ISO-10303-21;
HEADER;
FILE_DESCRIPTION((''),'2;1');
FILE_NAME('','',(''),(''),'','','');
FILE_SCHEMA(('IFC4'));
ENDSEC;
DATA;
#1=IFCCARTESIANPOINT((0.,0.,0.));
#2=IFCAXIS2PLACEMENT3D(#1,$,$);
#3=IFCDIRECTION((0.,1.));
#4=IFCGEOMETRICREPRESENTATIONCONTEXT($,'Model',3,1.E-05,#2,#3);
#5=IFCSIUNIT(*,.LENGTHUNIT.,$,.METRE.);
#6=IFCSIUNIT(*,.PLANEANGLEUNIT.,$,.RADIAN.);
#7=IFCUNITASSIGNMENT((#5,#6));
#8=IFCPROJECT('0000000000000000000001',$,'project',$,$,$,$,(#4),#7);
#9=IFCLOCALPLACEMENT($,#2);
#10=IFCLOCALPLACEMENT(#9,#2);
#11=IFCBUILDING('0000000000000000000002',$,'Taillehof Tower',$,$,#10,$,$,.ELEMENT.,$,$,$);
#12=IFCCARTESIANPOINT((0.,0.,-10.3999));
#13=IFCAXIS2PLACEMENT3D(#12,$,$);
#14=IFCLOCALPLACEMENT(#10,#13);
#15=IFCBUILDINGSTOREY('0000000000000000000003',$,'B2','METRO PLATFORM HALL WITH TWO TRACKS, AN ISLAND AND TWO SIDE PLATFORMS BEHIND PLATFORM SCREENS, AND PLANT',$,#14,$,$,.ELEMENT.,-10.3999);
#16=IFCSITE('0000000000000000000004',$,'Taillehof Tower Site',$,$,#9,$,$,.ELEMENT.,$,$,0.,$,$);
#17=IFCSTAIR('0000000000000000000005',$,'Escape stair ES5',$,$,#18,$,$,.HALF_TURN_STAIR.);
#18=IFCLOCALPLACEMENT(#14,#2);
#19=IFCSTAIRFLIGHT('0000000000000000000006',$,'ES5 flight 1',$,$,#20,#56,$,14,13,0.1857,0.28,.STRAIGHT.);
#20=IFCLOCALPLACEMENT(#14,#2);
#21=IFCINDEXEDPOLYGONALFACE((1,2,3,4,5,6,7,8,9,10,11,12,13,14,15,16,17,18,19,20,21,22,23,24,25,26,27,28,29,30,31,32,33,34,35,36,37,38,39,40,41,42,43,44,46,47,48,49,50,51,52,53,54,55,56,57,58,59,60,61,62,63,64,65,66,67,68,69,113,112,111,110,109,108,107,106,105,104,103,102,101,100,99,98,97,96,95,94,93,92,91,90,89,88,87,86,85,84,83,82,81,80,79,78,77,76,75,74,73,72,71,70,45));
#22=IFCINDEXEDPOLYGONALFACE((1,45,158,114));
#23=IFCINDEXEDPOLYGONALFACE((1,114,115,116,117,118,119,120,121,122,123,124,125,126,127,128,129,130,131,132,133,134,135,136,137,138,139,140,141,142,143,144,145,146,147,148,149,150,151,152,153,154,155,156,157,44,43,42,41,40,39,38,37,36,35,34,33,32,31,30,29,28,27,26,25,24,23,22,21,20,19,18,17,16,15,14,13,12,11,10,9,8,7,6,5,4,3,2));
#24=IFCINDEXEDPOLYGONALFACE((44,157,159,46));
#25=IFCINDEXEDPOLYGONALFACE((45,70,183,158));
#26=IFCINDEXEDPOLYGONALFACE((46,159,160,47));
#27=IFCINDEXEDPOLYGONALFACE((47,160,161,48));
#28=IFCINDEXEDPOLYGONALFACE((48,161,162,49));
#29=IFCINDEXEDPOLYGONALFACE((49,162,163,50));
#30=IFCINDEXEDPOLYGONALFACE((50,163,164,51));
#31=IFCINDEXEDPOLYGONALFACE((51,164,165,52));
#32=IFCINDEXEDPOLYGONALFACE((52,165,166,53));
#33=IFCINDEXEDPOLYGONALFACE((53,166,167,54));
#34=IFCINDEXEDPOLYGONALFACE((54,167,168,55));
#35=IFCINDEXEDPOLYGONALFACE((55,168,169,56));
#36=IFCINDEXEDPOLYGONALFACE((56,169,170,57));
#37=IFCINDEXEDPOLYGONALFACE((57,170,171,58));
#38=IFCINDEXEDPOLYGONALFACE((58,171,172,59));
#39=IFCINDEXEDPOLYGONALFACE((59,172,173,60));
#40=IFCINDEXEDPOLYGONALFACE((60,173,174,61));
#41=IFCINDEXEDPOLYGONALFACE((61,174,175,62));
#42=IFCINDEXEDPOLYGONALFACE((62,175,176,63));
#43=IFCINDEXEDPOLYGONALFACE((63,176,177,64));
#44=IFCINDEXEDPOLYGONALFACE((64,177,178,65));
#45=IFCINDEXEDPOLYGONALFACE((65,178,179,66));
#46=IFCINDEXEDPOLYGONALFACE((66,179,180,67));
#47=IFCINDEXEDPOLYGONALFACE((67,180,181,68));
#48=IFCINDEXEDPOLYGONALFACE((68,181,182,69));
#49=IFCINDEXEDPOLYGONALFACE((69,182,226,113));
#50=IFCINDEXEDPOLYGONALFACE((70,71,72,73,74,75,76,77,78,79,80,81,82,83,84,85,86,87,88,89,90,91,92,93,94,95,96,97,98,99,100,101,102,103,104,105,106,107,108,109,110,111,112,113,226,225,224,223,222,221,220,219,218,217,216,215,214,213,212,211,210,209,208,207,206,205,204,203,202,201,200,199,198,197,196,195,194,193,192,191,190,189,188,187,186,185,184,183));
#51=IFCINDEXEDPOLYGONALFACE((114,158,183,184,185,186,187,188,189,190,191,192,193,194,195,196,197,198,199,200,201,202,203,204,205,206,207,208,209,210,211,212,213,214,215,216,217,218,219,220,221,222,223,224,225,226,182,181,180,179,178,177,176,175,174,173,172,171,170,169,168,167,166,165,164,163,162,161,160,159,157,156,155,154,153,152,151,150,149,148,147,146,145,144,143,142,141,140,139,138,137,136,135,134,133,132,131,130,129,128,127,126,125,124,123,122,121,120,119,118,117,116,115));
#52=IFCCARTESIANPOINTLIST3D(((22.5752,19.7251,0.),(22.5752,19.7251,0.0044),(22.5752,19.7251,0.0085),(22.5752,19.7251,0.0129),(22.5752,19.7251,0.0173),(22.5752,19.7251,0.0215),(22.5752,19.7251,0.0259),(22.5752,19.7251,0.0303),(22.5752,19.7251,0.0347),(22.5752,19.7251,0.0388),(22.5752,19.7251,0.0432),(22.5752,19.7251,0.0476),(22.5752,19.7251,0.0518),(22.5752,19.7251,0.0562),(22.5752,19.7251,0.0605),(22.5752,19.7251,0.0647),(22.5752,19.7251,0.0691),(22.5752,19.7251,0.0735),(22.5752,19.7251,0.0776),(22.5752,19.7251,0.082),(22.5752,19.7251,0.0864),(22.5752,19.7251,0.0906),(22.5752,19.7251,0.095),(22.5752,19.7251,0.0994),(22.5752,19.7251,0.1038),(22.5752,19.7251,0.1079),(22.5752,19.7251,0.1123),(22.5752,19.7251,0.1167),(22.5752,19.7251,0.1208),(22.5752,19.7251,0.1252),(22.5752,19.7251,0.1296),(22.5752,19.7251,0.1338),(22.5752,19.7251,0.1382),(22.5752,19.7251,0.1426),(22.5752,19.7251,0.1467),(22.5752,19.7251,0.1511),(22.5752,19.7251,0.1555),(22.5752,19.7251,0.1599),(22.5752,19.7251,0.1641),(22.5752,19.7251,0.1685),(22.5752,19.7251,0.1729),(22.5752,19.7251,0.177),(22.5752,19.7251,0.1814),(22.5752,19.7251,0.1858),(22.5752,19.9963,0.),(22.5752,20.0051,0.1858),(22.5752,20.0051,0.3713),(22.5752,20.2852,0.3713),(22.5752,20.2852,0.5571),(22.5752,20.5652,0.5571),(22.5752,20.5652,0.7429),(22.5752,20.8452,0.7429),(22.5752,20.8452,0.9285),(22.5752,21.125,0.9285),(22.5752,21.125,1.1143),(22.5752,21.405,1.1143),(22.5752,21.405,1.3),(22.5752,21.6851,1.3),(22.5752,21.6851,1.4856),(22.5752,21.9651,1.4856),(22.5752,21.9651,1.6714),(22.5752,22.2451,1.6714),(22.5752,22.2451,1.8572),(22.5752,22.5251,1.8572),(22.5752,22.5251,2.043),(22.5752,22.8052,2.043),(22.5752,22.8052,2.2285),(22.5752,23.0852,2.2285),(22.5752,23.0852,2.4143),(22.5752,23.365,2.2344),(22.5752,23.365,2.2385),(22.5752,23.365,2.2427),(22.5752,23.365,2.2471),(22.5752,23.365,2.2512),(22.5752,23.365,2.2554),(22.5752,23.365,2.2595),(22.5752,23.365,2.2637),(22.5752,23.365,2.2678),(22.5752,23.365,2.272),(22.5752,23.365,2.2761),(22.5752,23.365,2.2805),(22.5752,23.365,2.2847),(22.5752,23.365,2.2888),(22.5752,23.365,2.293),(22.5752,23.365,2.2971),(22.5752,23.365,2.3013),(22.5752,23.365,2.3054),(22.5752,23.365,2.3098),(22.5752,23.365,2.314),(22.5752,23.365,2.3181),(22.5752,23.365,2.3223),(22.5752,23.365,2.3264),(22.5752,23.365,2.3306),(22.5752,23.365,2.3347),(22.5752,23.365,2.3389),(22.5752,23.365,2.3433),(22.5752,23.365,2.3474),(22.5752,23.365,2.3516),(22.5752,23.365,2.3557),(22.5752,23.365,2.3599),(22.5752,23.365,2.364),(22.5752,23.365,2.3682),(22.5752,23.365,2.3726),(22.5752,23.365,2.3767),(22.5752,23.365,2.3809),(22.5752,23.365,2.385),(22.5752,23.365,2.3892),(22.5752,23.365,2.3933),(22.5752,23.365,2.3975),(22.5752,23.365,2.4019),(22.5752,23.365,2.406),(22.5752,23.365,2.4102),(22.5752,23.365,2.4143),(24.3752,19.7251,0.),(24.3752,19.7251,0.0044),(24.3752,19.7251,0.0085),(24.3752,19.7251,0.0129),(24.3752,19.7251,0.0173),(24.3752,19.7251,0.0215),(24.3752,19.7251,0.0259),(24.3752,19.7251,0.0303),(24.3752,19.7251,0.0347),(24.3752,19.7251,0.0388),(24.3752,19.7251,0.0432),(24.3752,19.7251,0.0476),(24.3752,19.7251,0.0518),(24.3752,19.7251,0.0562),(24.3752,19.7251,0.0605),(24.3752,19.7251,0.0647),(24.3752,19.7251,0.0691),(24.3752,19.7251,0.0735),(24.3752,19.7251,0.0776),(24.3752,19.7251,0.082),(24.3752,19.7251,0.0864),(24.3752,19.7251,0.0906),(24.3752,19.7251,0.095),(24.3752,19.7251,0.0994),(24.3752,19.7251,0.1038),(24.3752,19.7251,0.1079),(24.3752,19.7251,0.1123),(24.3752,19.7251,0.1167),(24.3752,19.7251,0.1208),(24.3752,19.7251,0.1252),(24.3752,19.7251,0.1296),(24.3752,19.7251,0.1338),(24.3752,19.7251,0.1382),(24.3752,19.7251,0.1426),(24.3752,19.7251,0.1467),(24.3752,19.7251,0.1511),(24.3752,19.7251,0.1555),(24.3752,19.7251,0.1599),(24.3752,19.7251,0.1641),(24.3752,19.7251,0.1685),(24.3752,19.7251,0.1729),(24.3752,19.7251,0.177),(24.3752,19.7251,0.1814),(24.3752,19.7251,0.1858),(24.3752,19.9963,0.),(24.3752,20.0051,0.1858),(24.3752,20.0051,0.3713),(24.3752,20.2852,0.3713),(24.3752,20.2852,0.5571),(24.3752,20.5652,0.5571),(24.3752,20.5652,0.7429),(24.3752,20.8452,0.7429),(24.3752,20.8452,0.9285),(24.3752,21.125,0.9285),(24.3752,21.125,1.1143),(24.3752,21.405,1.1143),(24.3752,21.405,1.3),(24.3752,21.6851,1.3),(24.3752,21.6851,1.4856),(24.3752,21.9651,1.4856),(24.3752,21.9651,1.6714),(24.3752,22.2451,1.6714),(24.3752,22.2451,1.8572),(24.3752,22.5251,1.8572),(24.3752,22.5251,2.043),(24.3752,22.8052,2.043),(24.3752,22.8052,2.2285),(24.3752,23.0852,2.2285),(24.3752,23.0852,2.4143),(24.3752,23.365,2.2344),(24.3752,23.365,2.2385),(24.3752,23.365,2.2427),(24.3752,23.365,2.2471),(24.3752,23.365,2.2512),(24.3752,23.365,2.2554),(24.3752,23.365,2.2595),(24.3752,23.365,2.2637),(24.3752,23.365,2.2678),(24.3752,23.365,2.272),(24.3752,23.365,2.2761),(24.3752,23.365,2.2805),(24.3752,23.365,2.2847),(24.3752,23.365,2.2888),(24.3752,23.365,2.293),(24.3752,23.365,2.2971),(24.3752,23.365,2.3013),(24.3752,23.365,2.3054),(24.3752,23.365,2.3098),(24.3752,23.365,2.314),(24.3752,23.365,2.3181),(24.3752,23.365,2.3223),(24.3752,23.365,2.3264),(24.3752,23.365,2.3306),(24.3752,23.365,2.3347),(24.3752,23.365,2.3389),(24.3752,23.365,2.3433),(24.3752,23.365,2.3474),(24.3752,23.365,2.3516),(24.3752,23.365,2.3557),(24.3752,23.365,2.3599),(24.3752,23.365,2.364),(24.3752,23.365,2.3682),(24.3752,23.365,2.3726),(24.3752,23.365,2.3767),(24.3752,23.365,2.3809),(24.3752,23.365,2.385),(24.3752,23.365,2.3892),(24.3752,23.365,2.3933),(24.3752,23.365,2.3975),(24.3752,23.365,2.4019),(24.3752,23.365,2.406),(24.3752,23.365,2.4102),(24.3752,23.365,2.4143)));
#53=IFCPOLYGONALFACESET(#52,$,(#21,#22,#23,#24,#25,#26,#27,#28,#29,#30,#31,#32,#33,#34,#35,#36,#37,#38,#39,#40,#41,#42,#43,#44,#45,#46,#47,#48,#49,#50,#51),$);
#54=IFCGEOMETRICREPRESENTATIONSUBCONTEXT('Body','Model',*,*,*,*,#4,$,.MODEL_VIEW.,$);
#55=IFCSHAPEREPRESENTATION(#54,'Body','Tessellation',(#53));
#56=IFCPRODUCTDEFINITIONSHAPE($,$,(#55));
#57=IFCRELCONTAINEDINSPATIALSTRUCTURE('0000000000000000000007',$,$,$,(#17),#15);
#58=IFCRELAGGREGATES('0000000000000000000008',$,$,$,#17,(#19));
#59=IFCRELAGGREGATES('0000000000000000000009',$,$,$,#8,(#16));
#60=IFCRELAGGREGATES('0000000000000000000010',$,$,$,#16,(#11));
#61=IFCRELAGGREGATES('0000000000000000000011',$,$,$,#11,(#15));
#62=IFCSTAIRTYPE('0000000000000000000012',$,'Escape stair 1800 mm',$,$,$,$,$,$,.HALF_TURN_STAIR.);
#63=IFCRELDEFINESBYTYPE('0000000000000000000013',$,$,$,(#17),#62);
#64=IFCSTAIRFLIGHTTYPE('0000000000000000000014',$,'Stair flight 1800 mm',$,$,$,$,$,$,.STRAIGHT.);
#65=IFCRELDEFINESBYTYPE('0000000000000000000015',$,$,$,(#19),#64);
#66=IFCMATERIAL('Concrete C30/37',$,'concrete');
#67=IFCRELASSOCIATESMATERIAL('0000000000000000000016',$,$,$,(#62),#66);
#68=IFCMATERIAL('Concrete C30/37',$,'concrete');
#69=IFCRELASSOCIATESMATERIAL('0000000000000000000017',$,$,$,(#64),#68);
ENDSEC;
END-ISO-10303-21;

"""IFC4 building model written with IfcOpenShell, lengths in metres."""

from ifc_helpers import new_model, si_unit, direction, frame, origin, place, context, subcontext, project, spatial, polyline, outline, extrude, material, type_object, element, aggregate, save


model = new_model("IFC4")

# Units and contexts
model_context = context("Model", 3, precision=1e-05, world=origin(), true_north=direction((0.0, 1.0)))
body_context = subcontext(model_context, "Body", "Model", "MODEL_VIEW")
ifc_project = project(units=[si_unit("LENGTHUNIT", "METRE"), si_unit("PLANEANGLEUNIT", "RADIAN")], contexts=[model_context])

# Site, building, storey
site_placement = place(None, origin())
site = spatial("IfcSite", under=ifc_project, at=site_placement, Name="Taillehof Tower Site", CompositionType="ELEMENT", RefElevation=0.0)
building_placement = place(site_placement, origin())
building = spatial("IfcBuilding", under=site, at=building_placement, Name="Taillehof Tower", CompositionType="ELEMENT")
storey_placement = place(building_placement, frame((0.0, 0.0, -10.3999)))
storey = spatial("IfcBuildingStorey", under=building, at=storey_placement, Name="B2", Description="METRO PLATFORM HALL WITH TWO TRACKS, AN ISLAND AND TWO SIDE PLATFORMS BEHIND PLATFORM SCREENS, AND PLANT", CompositionType="ELEMENT", Elevation=-10.3999)

# Stair, stair flight
ifc_material_1 = material(Name="Concrete C30/37", Category="concrete")
stair_type = type_object("IfcStairType", Name="Escape stair 1800 mm", PredefinedType="HALF_TURN_STAIR", material=ifc_material_1)
stair_placement = place(storey_placement, origin())
stair = element("IfcStair", 1, at=stair_placement, inside=storey, type_object=stair_type, Name="Escape stair ES5", PredefinedType="HALF_TURN_STAIR")
ifc_material_2 = material(Name="Concrete C30/37", Category="concrete")
stair_flight_type = type_object("IfcStairFlightType", Name="Stair flight 1800 mm", PredefinedType="STRAIGHT", material=ifc_material_2)
stair_flight_1_placement = place(storey_placement, frame((23.4751, 19.7251, 0.0), z_axis=(0.0, 0.0, 1.0), x_axis=(0.0, 1.0, 0.0)))
stair_flight_1 = element("IfcStairFlight", 2, at=stair_flight_1_placement, type_object=stair_flight_type, Name="ES5 flight 1", NumberOfRisers=14, NumberOfTreads=13, PredefinedType="STRAIGHT", RiserHeight=0.1857, TreadLength=0.28, context=body_context, shape_type="SweptSolid", body=[
    extrude(outline(polyline([(0.0, 0.0), (0.0, 0.0044), (0.0, 0.0085), (0.0, 0.0129), (0.0, 0.0173), (0.0, 0.0215), (0.0, 0.0259), (0.0, 0.0303), (0.0, 0.0347), (0.0, 0.0388), (0.0, 0.0432), (0.0, 0.0476), (0.0, 0.0518), (0.0, 0.0562), (0.0, 0.0605), (0.0, 0.0647), (0.0, 0.0691), (0.0, 0.0735), (0.0, 0.0776), (0.0, 0.082), (0.0, 0.0864), (0.0, 0.0906), (0.0, 0.095), (0.0, 0.0994), (0.0, 0.1038), (0.0, 0.1079), (0.0, 0.1123), (0.0, 0.1167), (0.0, 0.1208), (0.0, 0.1252), (0.0, 0.1296), (0.0, 0.1338), (0.0, 0.1382), (0.0, 0.1426), (0.0, 0.1467), (0.0, 0.1511), (0.0, 0.1555), (0.0, 0.1599), (0.0, 0.1641), (0.0, 0.1685), (0.0, 0.1729), (0.0, 0.177), (0.0, 0.1814), (0.0, 0.1858), (0.28, 0.1858), (0.28, 0.3713), (0.5601, 0.3713), (0.5601, 0.5571), (0.8401, 0.5571), (0.8401, 0.7429), (1.1201, 0.7429), (1.1201, 0.9285), (1.3999, 0.9285), (1.3999, 1.1143), (1.6799, 1.1143), (1.6799, 1.3), (1.96, 1.3), (1.96, 1.4856), (2.24, 1.4856), (2.24, 1.6714), (2.52, 1.6714), (2.52, 1.8572), (2.8, 1.8572), (2.8, 2.043), (3.0801, 2.043), (3.0801, 2.2285), (3.3601, 2.2285), (3.3601, 2.4143), (3.6399, 2.4143), (3.6399, 2.4102), (3.6399, 2.406), (3.6399, 2.4019), (3.6399, 2.3975), (3.6399, 2.3933), (3.6399, 2.3892), (3.6399, 2.385), (3.6399, 2.3809), (3.6399, 2.3767), (3.6399, 2.3726), (3.6399, 2.3682), (3.6399, 2.364), (3.6399, 2.3599), (3.6399, 2.3557), (3.6399, 2.3516), (3.6399, 2.3474), (3.6399, 2.3433), (3.6399, 2.3389), (3.6399, 2.3347), (3.6399, 2.3306), (3.6399, 2.3264), (3.6399, 2.3223), (3.6399, 2.3181), (3.6399, 2.314), (3.6399, 2.3098), (3.6399, 2.3054), (3.6399, 2.3013), (3.6399, 2.2971), (3.6399, 2.293), (3.6399, 2.2888), (3.6399, 2.2847), (3.6399, 2.2805), (3.6399, 2.2761), (3.6399, 2.272), (3.6399, 2.2678), (3.6399, 2.2637), (3.6399, 2.2595), (3.6399, 2.2554), (3.6399, 2.2512), (3.6399, 2.2471), (3.6399, 2.2427), (3.6399, 2.2385), (3.6399, 2.2344), (0.2712, 0.0), (0.0, 0.0)])), frame((0.0, 0.8999, 0.0), z_axis=(0.0, -1.0, 0.0), x_axis=(1.0, 0.0, 0.0)), (0.0, 0.0, 1.0), 1.8),
])
aggregate(stair, [stair_flight_1])

save(model, "model.ifc")
